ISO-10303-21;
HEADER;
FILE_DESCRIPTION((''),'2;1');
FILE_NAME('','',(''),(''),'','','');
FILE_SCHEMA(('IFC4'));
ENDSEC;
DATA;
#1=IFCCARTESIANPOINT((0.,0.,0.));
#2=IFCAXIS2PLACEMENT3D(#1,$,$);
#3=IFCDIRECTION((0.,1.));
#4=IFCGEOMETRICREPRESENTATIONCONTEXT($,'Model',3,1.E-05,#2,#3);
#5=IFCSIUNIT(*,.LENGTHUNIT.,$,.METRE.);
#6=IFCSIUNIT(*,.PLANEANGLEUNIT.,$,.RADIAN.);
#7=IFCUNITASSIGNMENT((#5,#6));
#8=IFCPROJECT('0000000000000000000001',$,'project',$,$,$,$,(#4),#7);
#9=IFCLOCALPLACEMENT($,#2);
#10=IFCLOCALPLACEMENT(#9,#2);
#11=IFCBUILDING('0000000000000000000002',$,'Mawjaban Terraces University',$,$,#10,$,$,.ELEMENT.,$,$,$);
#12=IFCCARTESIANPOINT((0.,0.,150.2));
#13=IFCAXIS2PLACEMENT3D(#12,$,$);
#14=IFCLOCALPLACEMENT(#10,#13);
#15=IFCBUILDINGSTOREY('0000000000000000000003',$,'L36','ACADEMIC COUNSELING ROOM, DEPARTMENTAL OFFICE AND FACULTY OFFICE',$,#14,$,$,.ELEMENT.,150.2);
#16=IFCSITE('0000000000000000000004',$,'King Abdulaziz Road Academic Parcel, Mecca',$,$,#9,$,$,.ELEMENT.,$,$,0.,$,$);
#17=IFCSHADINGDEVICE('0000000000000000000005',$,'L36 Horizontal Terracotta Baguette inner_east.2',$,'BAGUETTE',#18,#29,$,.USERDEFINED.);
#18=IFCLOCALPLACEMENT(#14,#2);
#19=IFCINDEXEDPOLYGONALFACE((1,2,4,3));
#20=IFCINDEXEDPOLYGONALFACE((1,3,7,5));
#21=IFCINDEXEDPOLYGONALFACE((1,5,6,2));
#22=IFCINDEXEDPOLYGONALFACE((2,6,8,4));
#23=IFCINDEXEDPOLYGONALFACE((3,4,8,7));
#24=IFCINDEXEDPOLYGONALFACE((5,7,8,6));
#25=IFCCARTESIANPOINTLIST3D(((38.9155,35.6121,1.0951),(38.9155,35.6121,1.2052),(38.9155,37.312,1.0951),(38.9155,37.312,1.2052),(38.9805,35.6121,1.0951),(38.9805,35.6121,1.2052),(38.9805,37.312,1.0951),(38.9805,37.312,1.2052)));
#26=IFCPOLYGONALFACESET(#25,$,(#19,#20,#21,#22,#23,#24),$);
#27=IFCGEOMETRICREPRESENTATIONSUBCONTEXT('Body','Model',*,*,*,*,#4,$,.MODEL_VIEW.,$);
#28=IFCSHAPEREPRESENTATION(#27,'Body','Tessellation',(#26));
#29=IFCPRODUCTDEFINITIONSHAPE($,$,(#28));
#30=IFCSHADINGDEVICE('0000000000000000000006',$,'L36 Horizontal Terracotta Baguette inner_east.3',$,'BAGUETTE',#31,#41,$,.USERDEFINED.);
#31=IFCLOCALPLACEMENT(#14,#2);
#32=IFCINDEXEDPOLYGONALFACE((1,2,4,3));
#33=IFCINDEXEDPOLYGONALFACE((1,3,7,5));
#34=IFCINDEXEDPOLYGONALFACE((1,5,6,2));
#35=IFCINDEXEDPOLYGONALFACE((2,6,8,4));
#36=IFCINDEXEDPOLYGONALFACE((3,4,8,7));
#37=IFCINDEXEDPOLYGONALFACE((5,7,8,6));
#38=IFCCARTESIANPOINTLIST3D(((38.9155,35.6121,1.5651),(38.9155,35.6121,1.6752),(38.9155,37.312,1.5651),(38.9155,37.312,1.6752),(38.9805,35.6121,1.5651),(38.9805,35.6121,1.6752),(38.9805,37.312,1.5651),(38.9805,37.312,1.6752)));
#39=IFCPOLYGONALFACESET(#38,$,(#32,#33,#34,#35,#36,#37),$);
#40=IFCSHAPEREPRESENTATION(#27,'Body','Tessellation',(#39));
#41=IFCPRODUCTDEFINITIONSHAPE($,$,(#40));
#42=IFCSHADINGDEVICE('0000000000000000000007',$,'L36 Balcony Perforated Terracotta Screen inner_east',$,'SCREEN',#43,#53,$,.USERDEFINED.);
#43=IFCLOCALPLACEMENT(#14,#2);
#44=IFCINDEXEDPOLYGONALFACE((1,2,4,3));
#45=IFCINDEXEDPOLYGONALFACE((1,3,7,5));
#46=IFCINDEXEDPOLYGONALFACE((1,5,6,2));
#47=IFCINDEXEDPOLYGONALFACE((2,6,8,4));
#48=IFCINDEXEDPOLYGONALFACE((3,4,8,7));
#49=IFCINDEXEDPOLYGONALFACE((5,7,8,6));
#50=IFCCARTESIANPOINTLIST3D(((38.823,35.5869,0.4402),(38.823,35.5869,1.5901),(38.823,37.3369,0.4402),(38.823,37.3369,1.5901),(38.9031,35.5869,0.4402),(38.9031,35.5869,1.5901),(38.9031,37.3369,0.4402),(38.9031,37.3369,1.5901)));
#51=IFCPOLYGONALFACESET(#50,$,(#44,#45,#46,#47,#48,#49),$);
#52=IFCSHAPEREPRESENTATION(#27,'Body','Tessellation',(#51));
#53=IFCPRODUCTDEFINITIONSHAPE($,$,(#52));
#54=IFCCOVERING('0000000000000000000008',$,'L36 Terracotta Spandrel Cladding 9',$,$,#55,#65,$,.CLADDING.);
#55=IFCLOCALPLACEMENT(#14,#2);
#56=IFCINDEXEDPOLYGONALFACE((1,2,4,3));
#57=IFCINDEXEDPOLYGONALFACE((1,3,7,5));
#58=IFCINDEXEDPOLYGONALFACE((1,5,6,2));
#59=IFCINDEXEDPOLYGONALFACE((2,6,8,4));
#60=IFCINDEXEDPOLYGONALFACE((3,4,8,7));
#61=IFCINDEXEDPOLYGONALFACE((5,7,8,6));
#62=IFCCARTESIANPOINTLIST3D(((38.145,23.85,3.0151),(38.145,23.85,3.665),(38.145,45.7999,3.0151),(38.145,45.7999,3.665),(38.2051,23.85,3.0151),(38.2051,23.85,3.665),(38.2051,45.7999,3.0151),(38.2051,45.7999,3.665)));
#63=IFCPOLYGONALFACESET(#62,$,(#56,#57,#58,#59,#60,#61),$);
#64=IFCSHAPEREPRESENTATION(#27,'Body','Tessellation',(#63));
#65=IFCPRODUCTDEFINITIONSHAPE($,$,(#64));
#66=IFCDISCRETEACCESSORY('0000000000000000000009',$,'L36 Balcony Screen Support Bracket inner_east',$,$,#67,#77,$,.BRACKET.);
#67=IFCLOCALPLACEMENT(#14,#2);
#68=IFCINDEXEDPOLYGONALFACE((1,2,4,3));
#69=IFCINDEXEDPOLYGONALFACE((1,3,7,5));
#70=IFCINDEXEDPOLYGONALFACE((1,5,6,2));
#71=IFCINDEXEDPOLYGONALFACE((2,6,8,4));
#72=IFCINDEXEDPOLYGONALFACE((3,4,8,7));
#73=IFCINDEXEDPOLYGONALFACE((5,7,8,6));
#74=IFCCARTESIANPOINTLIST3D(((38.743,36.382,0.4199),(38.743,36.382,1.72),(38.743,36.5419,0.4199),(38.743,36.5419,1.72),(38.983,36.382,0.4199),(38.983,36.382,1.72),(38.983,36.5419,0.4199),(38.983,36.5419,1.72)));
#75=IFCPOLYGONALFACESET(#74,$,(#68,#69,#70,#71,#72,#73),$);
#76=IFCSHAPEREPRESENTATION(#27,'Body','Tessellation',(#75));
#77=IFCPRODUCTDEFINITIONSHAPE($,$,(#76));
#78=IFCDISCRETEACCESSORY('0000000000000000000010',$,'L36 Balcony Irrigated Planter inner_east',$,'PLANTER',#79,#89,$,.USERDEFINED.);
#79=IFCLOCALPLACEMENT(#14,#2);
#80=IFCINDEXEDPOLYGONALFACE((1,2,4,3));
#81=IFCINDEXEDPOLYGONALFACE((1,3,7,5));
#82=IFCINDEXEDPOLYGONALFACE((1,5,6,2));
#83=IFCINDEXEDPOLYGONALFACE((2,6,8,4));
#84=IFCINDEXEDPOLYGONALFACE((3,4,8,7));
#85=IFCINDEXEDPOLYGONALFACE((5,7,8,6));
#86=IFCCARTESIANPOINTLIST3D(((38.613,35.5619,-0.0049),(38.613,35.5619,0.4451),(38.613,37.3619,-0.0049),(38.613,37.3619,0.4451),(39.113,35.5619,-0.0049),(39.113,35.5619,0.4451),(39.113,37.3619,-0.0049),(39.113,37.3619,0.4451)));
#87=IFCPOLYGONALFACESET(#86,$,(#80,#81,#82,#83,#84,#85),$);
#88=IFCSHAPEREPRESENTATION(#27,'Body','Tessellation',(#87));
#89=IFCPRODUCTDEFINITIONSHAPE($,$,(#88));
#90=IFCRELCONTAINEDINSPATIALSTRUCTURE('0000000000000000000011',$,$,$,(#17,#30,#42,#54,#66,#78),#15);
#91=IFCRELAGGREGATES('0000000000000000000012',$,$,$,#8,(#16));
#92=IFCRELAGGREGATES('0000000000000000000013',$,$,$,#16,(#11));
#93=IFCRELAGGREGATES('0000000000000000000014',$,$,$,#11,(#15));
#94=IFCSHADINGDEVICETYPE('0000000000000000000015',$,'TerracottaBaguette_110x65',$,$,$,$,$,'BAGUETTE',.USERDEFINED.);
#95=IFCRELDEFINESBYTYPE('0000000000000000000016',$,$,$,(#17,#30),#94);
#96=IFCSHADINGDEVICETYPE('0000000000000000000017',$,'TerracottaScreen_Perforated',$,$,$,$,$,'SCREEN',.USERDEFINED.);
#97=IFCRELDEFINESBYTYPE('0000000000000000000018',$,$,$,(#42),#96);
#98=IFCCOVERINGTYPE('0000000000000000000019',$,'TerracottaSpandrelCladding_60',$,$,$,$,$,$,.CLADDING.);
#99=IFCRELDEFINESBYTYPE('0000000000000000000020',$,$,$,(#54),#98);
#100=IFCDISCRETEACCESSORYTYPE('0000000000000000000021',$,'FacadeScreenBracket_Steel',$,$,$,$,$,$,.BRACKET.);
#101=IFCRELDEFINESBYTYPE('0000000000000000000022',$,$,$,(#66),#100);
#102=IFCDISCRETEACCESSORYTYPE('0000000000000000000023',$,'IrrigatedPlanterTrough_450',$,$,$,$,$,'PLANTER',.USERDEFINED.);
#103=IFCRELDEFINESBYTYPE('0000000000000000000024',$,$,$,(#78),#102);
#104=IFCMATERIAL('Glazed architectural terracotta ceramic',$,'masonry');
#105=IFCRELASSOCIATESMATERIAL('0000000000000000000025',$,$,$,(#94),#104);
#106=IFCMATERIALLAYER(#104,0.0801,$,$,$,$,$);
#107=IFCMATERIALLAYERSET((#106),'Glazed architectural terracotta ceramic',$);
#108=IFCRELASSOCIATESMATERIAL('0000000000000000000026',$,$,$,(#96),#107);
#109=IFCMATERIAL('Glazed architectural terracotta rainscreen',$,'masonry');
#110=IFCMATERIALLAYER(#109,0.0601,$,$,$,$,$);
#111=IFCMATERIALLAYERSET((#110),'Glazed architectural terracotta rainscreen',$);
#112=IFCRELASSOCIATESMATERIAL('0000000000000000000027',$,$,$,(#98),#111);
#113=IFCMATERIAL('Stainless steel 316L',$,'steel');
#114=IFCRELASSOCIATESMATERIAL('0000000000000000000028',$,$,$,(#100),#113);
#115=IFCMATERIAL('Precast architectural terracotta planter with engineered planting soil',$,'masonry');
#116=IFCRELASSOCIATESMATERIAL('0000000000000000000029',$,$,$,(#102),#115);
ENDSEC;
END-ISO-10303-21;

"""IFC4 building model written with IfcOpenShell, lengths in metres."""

from ifc_helpers import new_model, si_unit, direction, frame, origin, origin_2d, place, context, subcontext, project, spatial, rectangle, extrude, material, layer, layer_set, material_profile, profile_set, type_object, element, save


model = new_model("IFC4")

# Units and contexts
model_context = context("Model", 3, precision=1e-05, world=origin(), true_north=direction((0.0, 1.0)))
body_context = subcontext(model_context, "Body", "Model", "MODEL_VIEW")
ifc_project = project(units=[si_unit("LENGTHUNIT", "METRE"), si_unit("PLANEANGLEUNIT", "RADIAN")], contexts=[model_context])

# Site, building, storey
site_placement = place(None, origin())
site = spatial("IfcSite", under=ifc_project, at=site_placement, Name="King Abdulaziz Road Academic Parcel, Mecca", CompositionType="ELEMENT", RefElevation=0.0)
building_placement = place(site_placement, origin())
building = spatial("IfcBuilding", under=site, at=building_placement, Name="Mawjaban Terraces University", CompositionType="ELEMENT")
storey_placement = place(building_placement, frame((0.0, 0.0, 150.2)))
storey = spatial("IfcBuildingStorey", under=building, at=storey_placement, Name="L36", Description="ACADEMIC COUNSELING ROOM, DEPARTMENTAL OFFICE AND FACULTY OFFICE", CompositionType="ELEMENT", Elevation=150.2)

# Shading devices
ifc_material_1 = material(Name="Glazed architectural terracotta ceramic", Category="masonry")
ifc_material_profile_1 = material_profile(ifc_material_1, rectangle(XDim=0.0649, YDim=0.1101, at=origin_2d()), Name="TBAG110X65")
ifc_profile_set_1 = profile_set([ifc_material_profile_1], Name="Glazed architectural terracotta ceramic")
shading_device_type_1 = type_object("IfcShadingDeviceType", Name="TerracottaBaguette_110x65", ElementType="BAGUETTE", PredefinedType="USERDEFINED", material=ifc_profile_set_1)
for number, where, z_axis, x_axis, name in (
    (1, (38.948, 35.6121, 1.1501), (0.0, 1.0, 0.0), (-1.0, 0.0, 0.0), "L36 Horizontal Terracotta Baguette inner_east.2"),
    (2, (38.948, 35.6121, 1.6201), (0.0, 1.0, 0.0), (-1.0, 0.0, 0.0), "L36 Horizontal Terracotta Baguette inner_east.3"),
):
    element("IfcShadingDevice", number, at=place(storey_placement, frame(where, z_axis=z_axis, x_axis=x_axis)), inside=storey, type_object=shading_device_type_1, Name=name, ObjectType="BAGUETTE", PredefinedType="USERDEFINED", context=body_context, shape_type="SweptSolid", body=[
        extrude(rectangle(XDim=0.0649, YDim=0.1101, at=origin_2d()), origin(), (0.0, 0.0, 1.0), 1.7),
    ])
ifc_layer_1 = layer(ifc_material_1, 0.0801)
ifc_layer_set_1 = layer_set([ifc_layer_1], Name="Glazed architectural terracotta ceramic")
shading_device_type_2 = type_object("IfcShadingDeviceType", Name="TerracottaScreen_Perforated", ElementType="SCREEN", PredefinedType="USERDEFINED", material=ifc_layer_set_1)
shading_device_placement = place(storey_placement, frame((38.863, 36.4619, 0.4402), z_axis=(0.0, 0.0, 1.0), x_axis=(0.0, 1.0, 0.0)))
element("IfcShadingDevice", 3, at=shading_device_placement, inside=storey, type_object=shading_device_type_2, Name="L36 Balcony Perforated Terracotta Screen inner_east", ObjectType="SCREEN", PredefinedType="USERDEFINED", context=body_context, shape_type="SweptSolid", body=[
    extrude(rectangle(XDim=1.75, YDim=0.0801, at=origin_2d()), origin(), (0.0, 0.0, 1.0), 1.1499),
])

# Covering
ifc_material_2 = material(Name="Glazed architectural terracotta rainscreen", Category="masonry")
ifc_layer_2 = layer(ifc_material_2, 0.0601)
ifc_layer_set_2 = layer_set([ifc_layer_2], Name="Glazed architectural terracotta rainscreen")
covering_type = type_object("IfcCoveringType", Name="TerracottaSpandrelCladding_60", PredefinedType="CLADDING", material=ifc_layer_set_2)
covering_placement = place(storey_placement, frame((38.175, 34.825, 3.0151), z_axis=(0.0, 0.0, 1.0), x_axis=(0.0, 1.0, 0.0)))
element("IfcCovering", 4, at=covering_placement, inside=storey, type_object=covering_type, Name="L36 Terracotta Spandrel Cladding 9", PredefinedType="CLADDING", context=body_context, shape_type="SweptSolid", body=[
    extrude(rectangle(XDim=21.95, YDim=0.0601, at=origin_2d()), origin(), (0.0, 0.0, 1.0), 0.6499),
])

# Discrete accessories
ifc_material_3 = material(Name="Stainless steel 316L", Category="steel")
discrete_accessory_type_1 = type_object("IfcDiscreteAccessoryType", Name="FacadeScreenBracket_Steel", PredefinedType="BRACKET", material=ifc_material_3)
discrete_accessory_1_placement = place(storey_placement, frame((38.863, 36.4619, 0.4199), z_axis=(0.0, 0.0, 1.0), x_axis=(0.0, 1.0, 0.0)))
element("IfcDiscreteAccessory", 5, at=discrete_accessory_1_placement, inside=storey, type_object=discrete_accessory_type_1, Name="L36 Balcony Screen Support Bracket inner_east", PredefinedType="BRACKET", context=body_context, shape_type="SweptSolid", body=[
    extrude(rectangle(XDim=0.1599, YDim=0.24, at=origin_2d()), origin(), (0.0, 0.0, 1.0), 1.3),
])
ifc_material_4 = material(Name="Precast architectural terracotta planter with engineered planting soil", Category="masonry")
discrete_accessory_type_2 = type_object("IfcDiscreteAccessoryType", Name="IrrigatedPlanterTrough_450", ElementType="PLANTER", PredefinedType="USERDEFINED", material=ifc_material_4)
discrete_accessory_2_placement = place(storey_placement, frame((38.863, 36.4619, -0.0049), z_axis=(0.0, 0.0, 1.0), x_axis=(0.0, 1.0, 0.0)))
element("IfcDiscreteAccessory", 6, at=discrete_accessory_2_placement, inside=storey, type_object=discrete_accessory_type_2, Name="L36 Balcony Irrigated Planter inner_east", ObjectType="PLANTER", PredefinedType="USERDEFINED", context=body_context, shape_type="SweptSolid", body=[
    extrude(rectangle(XDim=1.8, YDim=0.5, at=origin_2d()), origin(), (0.0, 0.0, 1.0), 0.45),
])

save(model, "model.ifc")
